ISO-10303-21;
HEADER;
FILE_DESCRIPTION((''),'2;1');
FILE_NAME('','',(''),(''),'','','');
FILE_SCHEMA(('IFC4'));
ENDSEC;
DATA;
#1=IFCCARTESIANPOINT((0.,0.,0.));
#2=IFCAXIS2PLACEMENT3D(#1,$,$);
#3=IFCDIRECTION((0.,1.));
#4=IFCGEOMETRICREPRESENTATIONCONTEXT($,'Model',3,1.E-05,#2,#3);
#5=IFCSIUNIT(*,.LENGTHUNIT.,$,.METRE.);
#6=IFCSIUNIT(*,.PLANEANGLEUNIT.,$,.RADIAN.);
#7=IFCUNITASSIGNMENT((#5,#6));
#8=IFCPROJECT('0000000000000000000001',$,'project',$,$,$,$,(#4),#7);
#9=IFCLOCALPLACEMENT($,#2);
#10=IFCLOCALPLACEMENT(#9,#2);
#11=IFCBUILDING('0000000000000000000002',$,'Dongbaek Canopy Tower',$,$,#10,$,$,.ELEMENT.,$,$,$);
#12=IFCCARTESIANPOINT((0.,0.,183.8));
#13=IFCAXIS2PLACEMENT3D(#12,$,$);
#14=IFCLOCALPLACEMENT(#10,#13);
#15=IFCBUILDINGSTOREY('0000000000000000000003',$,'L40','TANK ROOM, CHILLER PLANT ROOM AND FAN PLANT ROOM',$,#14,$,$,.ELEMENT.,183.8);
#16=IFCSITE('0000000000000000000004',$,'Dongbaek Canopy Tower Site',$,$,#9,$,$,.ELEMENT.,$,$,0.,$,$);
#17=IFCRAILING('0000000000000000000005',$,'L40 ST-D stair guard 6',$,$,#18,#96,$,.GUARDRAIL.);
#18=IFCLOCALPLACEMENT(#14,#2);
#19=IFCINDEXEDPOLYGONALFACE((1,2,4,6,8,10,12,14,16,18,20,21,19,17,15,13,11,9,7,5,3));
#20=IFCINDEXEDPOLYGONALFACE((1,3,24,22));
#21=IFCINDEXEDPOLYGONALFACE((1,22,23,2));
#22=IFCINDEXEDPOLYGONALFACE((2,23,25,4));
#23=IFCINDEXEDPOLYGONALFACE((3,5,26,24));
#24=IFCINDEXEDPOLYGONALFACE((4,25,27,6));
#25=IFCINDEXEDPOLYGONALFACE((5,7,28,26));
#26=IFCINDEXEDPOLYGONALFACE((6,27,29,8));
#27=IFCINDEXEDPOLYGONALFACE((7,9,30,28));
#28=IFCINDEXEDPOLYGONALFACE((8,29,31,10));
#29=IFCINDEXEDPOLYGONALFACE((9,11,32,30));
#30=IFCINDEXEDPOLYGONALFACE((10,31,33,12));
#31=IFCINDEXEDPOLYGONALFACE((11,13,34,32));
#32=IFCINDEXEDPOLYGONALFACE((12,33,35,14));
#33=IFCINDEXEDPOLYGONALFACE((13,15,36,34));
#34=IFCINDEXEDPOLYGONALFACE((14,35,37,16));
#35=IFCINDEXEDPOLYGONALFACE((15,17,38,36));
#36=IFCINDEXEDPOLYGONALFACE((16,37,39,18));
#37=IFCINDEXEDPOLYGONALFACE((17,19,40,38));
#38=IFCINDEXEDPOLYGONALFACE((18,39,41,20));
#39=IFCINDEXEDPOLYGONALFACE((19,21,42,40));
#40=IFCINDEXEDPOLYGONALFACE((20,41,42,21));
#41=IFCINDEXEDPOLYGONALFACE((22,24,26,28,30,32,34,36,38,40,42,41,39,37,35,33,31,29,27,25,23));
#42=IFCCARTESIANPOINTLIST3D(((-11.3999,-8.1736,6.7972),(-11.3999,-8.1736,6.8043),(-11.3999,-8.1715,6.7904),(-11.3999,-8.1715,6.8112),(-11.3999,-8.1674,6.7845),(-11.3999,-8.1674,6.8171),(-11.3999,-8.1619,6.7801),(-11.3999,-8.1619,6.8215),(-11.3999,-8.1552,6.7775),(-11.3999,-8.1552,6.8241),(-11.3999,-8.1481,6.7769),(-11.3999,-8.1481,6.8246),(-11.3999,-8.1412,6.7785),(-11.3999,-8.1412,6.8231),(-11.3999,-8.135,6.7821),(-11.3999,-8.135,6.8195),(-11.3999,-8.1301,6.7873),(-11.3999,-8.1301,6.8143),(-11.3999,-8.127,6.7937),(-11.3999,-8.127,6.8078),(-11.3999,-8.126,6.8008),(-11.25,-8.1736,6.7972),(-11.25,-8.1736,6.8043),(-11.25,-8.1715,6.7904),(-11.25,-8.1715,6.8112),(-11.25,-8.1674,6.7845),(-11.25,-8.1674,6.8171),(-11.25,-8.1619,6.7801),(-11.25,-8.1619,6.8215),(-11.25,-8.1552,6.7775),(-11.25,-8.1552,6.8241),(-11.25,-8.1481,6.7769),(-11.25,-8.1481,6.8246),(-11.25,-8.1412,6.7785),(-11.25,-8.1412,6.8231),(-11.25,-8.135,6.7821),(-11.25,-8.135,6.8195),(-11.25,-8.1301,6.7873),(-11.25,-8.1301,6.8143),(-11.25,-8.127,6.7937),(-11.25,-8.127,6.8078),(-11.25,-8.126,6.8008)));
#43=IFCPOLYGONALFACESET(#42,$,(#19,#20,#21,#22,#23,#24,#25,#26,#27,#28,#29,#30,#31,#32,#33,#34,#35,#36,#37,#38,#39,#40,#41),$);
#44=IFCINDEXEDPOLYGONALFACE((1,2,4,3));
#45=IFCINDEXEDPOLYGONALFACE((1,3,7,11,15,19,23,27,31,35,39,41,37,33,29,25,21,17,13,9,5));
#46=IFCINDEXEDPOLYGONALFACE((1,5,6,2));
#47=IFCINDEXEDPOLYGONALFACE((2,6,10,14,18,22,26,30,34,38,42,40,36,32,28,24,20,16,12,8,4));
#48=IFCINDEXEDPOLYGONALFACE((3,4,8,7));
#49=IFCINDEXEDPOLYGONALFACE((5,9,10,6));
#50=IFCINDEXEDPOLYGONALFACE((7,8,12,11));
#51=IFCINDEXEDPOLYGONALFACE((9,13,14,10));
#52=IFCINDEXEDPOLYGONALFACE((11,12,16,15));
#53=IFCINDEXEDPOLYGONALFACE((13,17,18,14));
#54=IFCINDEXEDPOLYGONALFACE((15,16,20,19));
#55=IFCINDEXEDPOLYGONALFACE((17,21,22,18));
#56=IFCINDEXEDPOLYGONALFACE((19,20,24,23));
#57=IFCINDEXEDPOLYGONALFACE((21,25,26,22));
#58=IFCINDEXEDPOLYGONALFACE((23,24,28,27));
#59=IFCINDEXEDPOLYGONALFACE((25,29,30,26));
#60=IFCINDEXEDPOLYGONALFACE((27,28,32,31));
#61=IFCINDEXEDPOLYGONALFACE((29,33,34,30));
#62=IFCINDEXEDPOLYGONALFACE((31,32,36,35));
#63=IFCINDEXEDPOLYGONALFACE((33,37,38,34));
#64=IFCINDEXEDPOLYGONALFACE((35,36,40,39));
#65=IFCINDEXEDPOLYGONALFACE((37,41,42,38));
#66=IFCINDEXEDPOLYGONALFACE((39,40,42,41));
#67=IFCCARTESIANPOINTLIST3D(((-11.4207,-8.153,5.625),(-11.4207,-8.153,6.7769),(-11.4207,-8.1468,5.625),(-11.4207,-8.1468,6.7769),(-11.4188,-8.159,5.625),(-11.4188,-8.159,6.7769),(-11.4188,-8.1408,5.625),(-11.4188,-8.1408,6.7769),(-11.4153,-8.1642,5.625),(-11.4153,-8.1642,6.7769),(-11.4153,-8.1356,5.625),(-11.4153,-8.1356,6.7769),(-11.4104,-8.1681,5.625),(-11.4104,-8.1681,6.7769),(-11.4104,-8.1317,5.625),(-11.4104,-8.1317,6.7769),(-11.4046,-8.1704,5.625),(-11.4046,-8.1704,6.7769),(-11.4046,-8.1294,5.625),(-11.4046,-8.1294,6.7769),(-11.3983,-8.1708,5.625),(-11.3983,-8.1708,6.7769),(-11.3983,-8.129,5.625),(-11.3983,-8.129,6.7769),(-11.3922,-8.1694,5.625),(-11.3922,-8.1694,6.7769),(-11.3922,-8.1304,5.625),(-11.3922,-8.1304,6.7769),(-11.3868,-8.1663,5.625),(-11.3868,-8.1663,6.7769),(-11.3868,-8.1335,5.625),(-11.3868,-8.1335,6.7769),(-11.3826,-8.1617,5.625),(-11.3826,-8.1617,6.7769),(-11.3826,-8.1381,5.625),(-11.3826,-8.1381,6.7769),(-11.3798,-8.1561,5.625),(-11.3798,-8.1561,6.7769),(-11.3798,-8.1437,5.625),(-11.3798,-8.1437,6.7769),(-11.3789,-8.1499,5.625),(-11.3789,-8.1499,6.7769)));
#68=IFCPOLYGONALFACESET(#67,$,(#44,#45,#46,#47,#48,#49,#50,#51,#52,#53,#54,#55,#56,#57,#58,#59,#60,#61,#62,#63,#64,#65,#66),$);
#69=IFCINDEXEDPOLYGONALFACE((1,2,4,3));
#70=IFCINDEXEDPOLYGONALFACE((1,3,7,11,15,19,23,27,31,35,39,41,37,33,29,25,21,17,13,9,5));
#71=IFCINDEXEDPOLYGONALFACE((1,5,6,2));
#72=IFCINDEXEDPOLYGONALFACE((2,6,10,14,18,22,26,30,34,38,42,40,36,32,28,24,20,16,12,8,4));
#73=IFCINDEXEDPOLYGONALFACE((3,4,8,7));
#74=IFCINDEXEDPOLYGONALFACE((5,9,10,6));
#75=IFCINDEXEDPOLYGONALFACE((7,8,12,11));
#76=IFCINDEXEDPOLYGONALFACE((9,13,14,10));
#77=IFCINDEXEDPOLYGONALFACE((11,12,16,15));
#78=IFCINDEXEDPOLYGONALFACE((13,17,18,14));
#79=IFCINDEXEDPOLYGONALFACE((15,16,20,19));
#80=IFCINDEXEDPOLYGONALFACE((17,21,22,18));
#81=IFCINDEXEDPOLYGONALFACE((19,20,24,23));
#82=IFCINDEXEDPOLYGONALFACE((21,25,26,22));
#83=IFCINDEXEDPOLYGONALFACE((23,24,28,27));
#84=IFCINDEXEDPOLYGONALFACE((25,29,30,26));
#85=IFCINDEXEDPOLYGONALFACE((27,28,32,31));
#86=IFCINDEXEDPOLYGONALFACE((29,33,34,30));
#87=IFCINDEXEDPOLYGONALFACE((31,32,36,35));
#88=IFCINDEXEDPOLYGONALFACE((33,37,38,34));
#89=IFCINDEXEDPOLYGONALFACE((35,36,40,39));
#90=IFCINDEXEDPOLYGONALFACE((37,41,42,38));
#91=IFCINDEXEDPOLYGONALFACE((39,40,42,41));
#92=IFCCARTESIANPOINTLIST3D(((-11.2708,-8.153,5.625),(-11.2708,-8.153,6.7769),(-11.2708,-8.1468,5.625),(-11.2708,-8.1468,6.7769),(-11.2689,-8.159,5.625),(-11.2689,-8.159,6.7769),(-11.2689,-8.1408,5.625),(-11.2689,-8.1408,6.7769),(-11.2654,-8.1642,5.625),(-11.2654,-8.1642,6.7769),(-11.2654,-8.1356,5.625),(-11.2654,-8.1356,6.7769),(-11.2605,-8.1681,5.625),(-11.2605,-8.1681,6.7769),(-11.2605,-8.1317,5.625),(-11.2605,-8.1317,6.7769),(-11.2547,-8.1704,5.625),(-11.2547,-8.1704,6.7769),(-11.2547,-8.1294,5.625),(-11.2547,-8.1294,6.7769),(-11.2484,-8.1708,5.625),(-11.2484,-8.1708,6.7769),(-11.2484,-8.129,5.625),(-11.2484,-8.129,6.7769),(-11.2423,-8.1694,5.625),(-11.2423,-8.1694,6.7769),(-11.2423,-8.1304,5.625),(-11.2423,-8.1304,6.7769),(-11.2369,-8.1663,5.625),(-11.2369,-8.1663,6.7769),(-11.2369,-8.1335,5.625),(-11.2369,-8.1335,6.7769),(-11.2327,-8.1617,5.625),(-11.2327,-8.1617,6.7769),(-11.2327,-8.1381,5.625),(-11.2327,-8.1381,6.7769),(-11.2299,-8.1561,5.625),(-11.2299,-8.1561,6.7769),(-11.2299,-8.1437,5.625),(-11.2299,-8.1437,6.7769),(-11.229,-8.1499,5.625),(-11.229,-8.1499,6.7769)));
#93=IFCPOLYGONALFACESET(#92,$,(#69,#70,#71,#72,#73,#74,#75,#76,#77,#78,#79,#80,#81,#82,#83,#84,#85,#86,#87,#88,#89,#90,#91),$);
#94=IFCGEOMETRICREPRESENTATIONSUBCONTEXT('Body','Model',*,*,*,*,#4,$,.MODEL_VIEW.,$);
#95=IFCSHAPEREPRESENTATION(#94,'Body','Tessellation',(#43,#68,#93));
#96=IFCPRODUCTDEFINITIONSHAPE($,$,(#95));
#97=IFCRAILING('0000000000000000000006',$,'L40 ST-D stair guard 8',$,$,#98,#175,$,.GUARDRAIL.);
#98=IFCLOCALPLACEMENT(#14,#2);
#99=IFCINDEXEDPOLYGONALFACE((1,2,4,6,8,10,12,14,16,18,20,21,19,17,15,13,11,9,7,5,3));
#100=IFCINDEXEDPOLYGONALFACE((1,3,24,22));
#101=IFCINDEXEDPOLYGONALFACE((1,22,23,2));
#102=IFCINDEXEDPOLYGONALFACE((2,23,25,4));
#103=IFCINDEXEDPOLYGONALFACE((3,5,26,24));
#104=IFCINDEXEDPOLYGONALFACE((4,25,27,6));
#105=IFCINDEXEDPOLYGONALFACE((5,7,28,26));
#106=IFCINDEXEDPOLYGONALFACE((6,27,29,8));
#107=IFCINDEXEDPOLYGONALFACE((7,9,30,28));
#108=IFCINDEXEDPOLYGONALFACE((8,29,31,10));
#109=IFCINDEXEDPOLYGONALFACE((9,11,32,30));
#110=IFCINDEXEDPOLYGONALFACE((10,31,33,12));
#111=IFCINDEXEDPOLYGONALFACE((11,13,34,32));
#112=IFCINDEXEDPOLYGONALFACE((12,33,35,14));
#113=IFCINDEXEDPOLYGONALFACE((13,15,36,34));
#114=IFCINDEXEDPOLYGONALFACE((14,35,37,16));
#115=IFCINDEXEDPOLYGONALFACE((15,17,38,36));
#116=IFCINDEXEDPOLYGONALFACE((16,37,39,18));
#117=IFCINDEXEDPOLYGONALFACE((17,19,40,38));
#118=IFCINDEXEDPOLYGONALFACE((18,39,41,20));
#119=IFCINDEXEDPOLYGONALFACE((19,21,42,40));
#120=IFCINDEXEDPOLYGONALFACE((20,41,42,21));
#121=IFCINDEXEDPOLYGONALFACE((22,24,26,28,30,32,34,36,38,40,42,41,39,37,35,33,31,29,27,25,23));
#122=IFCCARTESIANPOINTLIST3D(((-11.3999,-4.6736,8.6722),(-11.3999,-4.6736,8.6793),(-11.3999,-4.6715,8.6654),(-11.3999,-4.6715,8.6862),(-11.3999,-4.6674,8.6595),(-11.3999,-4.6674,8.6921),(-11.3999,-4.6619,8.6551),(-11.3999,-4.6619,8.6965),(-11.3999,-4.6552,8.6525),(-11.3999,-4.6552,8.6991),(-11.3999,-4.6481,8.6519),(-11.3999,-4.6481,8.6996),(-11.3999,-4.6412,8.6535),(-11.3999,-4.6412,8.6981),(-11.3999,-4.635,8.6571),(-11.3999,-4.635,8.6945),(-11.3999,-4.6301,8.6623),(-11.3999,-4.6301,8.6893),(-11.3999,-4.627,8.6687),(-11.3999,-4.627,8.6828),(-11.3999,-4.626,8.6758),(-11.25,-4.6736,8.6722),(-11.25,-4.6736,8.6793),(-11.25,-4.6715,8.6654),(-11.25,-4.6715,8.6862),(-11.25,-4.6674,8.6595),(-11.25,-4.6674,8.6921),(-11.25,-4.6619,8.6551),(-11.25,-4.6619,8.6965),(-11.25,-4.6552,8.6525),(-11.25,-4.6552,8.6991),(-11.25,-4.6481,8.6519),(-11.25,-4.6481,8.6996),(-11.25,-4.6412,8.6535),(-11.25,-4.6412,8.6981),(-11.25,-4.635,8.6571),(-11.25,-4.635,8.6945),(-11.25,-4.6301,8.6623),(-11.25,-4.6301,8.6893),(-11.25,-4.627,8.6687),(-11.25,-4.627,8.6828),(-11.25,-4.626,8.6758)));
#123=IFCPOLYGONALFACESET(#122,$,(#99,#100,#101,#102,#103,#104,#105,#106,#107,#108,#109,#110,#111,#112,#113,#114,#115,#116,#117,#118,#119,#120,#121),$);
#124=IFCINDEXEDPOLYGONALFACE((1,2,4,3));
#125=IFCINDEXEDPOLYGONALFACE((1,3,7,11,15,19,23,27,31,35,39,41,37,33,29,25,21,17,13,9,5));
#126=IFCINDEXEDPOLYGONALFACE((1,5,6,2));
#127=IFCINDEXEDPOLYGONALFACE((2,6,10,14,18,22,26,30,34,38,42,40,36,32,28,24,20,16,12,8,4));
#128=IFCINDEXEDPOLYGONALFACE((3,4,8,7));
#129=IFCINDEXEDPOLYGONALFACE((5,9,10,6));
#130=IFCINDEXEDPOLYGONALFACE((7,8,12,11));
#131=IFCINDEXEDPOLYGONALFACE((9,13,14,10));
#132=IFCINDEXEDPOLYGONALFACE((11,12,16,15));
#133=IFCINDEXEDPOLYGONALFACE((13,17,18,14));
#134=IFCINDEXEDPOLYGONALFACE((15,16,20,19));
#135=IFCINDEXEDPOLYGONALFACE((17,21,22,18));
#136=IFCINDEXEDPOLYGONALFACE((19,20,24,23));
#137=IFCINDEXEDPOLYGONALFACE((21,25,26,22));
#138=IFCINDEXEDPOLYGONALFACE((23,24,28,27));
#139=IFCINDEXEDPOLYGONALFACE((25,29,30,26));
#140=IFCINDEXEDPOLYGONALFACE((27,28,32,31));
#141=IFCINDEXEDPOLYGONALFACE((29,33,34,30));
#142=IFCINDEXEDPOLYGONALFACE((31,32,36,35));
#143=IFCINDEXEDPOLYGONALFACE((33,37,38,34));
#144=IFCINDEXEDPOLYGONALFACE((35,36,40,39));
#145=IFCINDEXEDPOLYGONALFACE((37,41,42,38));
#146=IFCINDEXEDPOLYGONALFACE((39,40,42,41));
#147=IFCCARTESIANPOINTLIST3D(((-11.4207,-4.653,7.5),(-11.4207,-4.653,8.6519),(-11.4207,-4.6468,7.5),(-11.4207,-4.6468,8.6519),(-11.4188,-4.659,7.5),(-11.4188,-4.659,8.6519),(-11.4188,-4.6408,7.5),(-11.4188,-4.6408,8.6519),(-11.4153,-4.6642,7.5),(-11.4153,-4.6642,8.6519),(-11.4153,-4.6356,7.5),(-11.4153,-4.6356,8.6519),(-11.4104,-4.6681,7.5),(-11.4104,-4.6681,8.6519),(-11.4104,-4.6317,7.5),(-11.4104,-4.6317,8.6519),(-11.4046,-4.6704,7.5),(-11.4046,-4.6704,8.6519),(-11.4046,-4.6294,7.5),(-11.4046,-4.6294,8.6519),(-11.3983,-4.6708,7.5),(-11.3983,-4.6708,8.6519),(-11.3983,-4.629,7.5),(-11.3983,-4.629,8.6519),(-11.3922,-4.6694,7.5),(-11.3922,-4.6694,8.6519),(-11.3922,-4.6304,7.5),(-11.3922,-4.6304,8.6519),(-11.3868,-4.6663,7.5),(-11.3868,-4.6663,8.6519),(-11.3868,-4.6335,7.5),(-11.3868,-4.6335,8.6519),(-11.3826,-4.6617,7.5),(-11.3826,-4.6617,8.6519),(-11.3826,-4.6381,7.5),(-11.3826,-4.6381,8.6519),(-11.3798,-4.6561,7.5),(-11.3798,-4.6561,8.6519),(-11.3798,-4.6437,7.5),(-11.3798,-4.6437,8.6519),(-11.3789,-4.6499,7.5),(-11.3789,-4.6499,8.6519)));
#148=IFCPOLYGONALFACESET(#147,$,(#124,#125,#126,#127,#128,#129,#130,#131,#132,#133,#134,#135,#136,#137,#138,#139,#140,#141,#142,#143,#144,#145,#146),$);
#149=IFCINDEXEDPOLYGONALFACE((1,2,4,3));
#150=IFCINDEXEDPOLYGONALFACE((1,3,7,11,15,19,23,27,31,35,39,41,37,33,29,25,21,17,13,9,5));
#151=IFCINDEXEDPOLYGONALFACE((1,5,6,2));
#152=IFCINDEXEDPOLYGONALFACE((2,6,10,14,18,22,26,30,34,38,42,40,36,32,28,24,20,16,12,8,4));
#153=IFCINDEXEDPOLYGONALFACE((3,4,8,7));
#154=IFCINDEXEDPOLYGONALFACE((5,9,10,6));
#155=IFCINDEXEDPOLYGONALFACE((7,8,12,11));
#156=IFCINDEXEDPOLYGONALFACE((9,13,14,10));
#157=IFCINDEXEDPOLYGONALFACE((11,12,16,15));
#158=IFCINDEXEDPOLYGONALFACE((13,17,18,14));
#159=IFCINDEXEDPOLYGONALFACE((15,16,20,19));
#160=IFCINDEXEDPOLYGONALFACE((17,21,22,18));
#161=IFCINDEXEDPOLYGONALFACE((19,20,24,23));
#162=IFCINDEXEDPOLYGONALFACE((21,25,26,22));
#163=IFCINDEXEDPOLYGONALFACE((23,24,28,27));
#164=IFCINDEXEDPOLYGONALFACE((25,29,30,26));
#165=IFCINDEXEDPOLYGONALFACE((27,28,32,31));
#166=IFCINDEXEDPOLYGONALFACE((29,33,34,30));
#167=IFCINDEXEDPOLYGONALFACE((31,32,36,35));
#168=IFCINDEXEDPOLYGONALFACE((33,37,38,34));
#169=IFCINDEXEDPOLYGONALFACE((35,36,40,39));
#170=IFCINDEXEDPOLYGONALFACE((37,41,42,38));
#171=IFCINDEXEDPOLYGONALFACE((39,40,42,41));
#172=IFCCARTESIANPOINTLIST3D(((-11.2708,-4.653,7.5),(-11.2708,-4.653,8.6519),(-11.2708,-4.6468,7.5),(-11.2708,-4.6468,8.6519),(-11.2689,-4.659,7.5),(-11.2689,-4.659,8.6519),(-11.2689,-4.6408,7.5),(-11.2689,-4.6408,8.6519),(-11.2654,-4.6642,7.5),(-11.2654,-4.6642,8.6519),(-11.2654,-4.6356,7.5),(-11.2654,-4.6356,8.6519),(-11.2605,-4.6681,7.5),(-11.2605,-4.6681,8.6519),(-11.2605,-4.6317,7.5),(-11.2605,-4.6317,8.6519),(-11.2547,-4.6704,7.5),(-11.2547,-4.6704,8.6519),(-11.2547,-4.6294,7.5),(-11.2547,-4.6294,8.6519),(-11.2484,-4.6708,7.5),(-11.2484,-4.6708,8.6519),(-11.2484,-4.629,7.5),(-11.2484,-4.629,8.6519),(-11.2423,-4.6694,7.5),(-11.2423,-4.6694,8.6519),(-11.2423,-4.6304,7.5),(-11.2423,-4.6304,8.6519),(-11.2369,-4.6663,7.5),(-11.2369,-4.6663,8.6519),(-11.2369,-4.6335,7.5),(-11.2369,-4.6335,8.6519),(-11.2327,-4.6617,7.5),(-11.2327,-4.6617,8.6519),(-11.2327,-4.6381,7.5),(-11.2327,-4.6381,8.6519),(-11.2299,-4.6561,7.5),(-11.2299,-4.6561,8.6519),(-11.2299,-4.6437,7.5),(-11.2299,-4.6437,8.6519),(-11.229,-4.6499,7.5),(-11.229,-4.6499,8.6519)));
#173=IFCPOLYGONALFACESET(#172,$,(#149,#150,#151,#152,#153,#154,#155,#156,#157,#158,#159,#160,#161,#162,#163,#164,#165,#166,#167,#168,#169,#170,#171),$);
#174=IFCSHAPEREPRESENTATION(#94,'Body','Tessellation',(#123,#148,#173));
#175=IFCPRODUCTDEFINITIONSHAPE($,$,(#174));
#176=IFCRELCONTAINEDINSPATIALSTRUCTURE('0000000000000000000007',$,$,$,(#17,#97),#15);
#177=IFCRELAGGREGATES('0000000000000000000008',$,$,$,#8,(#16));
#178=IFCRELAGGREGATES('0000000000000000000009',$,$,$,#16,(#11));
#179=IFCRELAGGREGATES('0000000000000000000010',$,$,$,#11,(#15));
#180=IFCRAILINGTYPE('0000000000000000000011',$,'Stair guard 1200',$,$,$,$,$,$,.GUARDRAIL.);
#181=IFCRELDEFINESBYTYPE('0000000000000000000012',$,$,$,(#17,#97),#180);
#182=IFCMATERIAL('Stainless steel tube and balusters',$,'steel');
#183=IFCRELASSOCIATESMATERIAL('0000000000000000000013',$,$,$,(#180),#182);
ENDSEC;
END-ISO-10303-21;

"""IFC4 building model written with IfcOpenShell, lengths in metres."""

from ifc_helpers import new_model, si_unit, direction, frame, origin, origin_2d, place, context, subcontext, project, spatial, circle, extrude, material, type_object, element, save


model = new_model("IFC4")

# Units and contexts
model_context = context("Model", 3, precision=1e-05, world=origin(), true_north=direction((0.0, 1.0)))
body_context = subcontext(model_context, "Body", "Model", "MODEL_VIEW")
ifc_project = project(units=[si_unit("LENGTHUNIT", "METRE"), si_unit("PLANEANGLEUNIT", "RADIAN")], contexts=[model_context])

# Site, building, storey
site_placement = place(None, origin())
site = spatial("IfcSite", under=ifc_project, at=site_placement, Name="Dongbaek Canopy Tower Site", CompositionType="ELEMENT", RefElevation=0.0)
building_placement = place(site_placement, origin())
building = spatial("IfcBuilding", under=site, at=building_placement, Name="Dongbaek Canopy Tower", CompositionType="ELEMENT")
storey_placement = place(building_placement, frame((0.0, 0.0, 183.8)))
storey = spatial("IfcBuildingStorey", under=building, at=storey_placement, Name="L40", Description="TANK ROOM, CHILLER PLANT ROOM AND FAN PLANT ROOM", CompositionType="ELEMENT", Elevation=183.8)

# Railings
ifc_material_1 = material(Name="Stainless steel tube and balusters", Category="steel")
railing_type_1 = type_object("IfcRailingType", Name="Stair guard 1200", PredefinedType="GUARDRAIL", material=ifc_material_1)
for number, where, name in (
    (1, (-11.3999, -8.1499, 5.625), "L40 ST-D stair guard 6"),
    (2, (-11.3999, -4.6499, 7.5), "L40 ST-D stair guard 8"),
):
    element("IfcRailing", number, at=place(storey_placement, frame(where)), inside=storey, type_object=railing_type_1, Name=name, PredefinedType="GUARDRAIL", context=body_context, shape_type="SweptSolid", body=[
        extrude(circle(Radius=0.0239, at=origin_2d()), frame((0.0, 0.0, 1.1758), z_axis=(1.0, 0.0, 0.0), x_axis=(0.0, 1.0, 0.0)), (0.0, 0.0, 1.0), 0.1499),
        extrude(circle(Radius=0.021, at=origin_2d()), origin(), (0.0, 0.0, 1.0), 1.1519),
        extrude(circle(Radius=0.021, at=origin_2d()), frame((0.1499, 0.0, 0.0)), (0.0, 0.0, 1.0), 1.1519),
    ])

save(model, "model.ifc")
